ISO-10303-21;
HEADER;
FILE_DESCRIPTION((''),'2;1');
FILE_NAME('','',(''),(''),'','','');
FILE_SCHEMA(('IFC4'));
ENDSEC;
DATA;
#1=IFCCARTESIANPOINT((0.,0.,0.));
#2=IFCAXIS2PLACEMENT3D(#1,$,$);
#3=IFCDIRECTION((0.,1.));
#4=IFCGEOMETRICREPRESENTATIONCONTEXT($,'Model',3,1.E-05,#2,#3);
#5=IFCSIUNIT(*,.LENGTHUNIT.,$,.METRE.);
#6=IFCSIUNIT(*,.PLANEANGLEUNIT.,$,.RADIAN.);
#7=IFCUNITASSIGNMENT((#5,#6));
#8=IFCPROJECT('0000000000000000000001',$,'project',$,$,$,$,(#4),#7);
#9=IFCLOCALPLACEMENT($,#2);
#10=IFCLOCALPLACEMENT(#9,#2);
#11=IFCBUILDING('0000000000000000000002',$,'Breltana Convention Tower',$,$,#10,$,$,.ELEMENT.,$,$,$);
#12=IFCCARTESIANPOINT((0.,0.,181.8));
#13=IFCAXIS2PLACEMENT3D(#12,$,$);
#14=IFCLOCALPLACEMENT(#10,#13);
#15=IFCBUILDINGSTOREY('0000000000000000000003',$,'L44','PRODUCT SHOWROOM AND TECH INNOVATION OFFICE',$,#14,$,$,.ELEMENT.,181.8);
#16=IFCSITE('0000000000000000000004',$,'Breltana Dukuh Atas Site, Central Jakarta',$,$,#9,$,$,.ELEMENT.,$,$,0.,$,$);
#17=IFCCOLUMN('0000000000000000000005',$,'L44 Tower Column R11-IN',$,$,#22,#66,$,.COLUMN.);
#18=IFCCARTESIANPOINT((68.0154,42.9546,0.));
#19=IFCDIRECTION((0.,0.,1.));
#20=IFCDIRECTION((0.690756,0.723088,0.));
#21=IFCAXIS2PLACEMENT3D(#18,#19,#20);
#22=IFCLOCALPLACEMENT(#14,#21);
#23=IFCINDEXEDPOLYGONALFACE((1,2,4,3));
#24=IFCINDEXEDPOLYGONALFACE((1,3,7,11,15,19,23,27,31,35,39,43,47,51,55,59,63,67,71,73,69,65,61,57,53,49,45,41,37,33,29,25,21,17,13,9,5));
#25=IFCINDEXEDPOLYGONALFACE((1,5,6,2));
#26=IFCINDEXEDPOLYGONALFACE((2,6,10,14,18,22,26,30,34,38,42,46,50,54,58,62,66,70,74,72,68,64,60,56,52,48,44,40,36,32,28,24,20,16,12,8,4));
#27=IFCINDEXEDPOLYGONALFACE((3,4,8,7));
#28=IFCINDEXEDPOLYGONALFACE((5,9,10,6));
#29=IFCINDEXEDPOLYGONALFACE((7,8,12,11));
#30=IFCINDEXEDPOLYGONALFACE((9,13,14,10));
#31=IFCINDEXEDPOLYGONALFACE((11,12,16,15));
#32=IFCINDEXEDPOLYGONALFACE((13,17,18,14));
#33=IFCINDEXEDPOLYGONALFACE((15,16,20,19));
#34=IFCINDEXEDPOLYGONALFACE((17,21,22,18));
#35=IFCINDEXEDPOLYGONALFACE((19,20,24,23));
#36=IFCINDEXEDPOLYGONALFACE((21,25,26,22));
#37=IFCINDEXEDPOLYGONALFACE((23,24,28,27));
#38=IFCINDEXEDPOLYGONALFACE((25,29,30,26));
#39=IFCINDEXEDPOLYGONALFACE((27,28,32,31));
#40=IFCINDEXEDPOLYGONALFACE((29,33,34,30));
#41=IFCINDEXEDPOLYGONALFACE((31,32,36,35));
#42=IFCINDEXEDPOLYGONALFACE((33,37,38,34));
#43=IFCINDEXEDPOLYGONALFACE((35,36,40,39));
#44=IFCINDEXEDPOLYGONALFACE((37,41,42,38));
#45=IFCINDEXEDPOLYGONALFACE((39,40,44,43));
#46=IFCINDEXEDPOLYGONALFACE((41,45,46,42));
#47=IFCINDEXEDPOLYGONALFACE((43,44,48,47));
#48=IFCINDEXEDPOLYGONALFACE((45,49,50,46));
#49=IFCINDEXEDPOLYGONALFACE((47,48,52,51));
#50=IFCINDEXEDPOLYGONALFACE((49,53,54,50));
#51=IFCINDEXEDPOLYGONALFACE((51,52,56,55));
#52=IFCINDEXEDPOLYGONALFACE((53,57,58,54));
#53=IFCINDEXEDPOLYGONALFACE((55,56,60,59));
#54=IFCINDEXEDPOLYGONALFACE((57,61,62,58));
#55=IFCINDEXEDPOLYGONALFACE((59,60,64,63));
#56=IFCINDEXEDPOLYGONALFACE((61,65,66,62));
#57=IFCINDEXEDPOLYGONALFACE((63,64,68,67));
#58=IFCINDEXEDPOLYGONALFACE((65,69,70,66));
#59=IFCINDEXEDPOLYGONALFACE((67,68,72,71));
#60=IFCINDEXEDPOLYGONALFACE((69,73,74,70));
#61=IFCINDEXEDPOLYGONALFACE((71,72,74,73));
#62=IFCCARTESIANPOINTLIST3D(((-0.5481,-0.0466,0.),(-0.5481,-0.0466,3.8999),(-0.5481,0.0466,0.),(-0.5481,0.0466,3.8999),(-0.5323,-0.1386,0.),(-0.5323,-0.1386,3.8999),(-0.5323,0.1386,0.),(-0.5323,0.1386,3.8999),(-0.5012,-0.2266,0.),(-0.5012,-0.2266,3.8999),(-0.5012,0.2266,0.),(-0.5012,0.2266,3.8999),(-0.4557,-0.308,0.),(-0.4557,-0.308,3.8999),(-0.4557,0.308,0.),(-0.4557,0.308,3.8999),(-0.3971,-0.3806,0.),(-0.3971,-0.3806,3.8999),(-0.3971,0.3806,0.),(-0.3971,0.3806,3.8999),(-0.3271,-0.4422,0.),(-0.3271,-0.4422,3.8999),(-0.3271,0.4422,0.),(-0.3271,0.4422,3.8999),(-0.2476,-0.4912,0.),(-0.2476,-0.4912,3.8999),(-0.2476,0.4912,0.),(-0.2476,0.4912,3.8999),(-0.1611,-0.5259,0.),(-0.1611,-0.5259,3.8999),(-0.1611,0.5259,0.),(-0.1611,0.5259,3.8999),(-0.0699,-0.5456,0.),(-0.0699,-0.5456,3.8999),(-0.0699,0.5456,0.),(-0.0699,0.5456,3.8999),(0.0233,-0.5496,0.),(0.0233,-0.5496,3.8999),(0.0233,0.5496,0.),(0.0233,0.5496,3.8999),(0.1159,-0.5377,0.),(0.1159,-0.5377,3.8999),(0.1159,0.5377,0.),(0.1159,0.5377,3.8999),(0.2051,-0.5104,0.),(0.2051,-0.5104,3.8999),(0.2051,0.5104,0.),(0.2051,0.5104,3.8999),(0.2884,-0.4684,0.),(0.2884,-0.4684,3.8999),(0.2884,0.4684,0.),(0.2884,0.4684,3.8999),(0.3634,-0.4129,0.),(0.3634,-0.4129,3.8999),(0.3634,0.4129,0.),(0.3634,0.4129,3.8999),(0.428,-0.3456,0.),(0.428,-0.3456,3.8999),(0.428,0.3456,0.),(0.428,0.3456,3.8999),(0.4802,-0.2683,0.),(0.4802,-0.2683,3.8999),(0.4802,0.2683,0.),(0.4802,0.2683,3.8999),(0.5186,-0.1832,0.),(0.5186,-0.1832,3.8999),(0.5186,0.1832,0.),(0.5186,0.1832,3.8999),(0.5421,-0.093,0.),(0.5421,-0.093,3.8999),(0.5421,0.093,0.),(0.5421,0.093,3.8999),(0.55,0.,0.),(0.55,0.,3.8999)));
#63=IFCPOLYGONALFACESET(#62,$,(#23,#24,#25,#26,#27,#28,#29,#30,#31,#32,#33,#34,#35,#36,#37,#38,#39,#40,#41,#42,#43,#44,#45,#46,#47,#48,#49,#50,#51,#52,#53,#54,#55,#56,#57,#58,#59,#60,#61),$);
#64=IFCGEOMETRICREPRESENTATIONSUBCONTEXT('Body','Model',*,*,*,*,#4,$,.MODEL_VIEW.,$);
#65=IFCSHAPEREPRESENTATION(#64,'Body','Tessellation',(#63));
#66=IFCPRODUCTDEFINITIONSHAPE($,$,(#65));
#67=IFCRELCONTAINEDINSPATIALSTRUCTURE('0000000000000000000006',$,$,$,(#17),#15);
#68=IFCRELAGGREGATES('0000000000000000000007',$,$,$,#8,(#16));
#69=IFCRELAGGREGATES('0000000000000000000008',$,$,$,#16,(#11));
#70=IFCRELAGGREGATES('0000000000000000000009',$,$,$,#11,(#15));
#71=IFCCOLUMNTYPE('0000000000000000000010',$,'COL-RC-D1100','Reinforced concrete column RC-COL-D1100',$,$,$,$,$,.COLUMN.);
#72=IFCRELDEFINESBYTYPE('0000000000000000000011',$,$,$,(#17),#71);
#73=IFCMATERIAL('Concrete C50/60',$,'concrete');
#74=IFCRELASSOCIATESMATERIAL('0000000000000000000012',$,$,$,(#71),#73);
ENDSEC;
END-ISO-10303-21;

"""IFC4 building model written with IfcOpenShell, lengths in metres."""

from ifc_helpers import new_model, si_unit, direction, frame, origin, origin_2d, place, context, subcontext, project, spatial, circle, extrude, source, transform, mapped, material, material_profile, profile_set, type_object, element, save


model = new_model("IFC4")

# Units and contexts
model_context = context("Model", 3, precision=1e-05, world=origin(), true_north=direction((0.0, 1.0)))
body_context = subcontext(model_context, "Body", "Model", "MODEL_VIEW")
ifc_project = project(units=[si_unit("LENGTHUNIT", "METRE"), si_unit("PLANEANGLEUNIT", "RADIAN")], contexts=[model_context])

# Site, building, storey
site_placement = place(None, origin())
site = spatial("IfcSite", under=ifc_project, at=site_placement, Name="Breltana Dukuh Atas Site, Central Jakarta", CompositionType="ELEMENT", RefElevation=0.0)
building_placement = place(site_placement, origin())
building = spatial("IfcBuilding", under=site, at=building_placement, Name="Breltana Convention Tower", CompositionType="ELEMENT")
storey_placement = place(building_placement, frame((0.0, 0.0, 181.8)))
storey = spatial("IfcBuildingStorey", under=building, at=storey_placement, Name="L44", Description="PRODUCT SHOWROOM AND TECH INNOVATION OFFICE", CompositionType="ELEMENT", Elevation=181.8)

# Column
ifc_material_1 = material(Name="Concrete C50/60", Category="concrete")
ifc_material_profile_1 = material_profile(ifc_material_1, circle(Radius=0.55, at=origin_2d()), Name="RC-COL-D1100")
ifc_profile_set_1 = profile_set([ifc_material_profile_1], Name="Concrete C50/60")
column_type = type_object("IfcColumnType", Name="COL-RC-D1100", Description="Reinforced concrete column RC-COL-D1100", PredefinedType="COLUMN", material=ifc_profile_set_1)
shared_shape_1 = source(origin(), body_context, "Body", "SweptSolid", [
    extrude(circle(Radius=0.55, at=origin_2d()), origin(), (0.0, 0.0, 1.0), 3.8999),
])
column_placement = place(storey_placement, frame((68.0154, 42.9546, 0.0), z_axis=(0.0, 0.0, 1.0), x_axis=(0.690756, 0.723088, 0.0)))
element("IfcColumn", 1, at=column_placement, inside=storey, type_object=column_type, Name="L44 Tower Column R11-IN", PredefinedType="COLUMN", context=body_context, shape_type="MappedRepresentation", body=[
    mapped(shared_shape_1, transform((0.0, 0.0, 0.0), scale=1.0)),
])

save(model, "model.ifc")
